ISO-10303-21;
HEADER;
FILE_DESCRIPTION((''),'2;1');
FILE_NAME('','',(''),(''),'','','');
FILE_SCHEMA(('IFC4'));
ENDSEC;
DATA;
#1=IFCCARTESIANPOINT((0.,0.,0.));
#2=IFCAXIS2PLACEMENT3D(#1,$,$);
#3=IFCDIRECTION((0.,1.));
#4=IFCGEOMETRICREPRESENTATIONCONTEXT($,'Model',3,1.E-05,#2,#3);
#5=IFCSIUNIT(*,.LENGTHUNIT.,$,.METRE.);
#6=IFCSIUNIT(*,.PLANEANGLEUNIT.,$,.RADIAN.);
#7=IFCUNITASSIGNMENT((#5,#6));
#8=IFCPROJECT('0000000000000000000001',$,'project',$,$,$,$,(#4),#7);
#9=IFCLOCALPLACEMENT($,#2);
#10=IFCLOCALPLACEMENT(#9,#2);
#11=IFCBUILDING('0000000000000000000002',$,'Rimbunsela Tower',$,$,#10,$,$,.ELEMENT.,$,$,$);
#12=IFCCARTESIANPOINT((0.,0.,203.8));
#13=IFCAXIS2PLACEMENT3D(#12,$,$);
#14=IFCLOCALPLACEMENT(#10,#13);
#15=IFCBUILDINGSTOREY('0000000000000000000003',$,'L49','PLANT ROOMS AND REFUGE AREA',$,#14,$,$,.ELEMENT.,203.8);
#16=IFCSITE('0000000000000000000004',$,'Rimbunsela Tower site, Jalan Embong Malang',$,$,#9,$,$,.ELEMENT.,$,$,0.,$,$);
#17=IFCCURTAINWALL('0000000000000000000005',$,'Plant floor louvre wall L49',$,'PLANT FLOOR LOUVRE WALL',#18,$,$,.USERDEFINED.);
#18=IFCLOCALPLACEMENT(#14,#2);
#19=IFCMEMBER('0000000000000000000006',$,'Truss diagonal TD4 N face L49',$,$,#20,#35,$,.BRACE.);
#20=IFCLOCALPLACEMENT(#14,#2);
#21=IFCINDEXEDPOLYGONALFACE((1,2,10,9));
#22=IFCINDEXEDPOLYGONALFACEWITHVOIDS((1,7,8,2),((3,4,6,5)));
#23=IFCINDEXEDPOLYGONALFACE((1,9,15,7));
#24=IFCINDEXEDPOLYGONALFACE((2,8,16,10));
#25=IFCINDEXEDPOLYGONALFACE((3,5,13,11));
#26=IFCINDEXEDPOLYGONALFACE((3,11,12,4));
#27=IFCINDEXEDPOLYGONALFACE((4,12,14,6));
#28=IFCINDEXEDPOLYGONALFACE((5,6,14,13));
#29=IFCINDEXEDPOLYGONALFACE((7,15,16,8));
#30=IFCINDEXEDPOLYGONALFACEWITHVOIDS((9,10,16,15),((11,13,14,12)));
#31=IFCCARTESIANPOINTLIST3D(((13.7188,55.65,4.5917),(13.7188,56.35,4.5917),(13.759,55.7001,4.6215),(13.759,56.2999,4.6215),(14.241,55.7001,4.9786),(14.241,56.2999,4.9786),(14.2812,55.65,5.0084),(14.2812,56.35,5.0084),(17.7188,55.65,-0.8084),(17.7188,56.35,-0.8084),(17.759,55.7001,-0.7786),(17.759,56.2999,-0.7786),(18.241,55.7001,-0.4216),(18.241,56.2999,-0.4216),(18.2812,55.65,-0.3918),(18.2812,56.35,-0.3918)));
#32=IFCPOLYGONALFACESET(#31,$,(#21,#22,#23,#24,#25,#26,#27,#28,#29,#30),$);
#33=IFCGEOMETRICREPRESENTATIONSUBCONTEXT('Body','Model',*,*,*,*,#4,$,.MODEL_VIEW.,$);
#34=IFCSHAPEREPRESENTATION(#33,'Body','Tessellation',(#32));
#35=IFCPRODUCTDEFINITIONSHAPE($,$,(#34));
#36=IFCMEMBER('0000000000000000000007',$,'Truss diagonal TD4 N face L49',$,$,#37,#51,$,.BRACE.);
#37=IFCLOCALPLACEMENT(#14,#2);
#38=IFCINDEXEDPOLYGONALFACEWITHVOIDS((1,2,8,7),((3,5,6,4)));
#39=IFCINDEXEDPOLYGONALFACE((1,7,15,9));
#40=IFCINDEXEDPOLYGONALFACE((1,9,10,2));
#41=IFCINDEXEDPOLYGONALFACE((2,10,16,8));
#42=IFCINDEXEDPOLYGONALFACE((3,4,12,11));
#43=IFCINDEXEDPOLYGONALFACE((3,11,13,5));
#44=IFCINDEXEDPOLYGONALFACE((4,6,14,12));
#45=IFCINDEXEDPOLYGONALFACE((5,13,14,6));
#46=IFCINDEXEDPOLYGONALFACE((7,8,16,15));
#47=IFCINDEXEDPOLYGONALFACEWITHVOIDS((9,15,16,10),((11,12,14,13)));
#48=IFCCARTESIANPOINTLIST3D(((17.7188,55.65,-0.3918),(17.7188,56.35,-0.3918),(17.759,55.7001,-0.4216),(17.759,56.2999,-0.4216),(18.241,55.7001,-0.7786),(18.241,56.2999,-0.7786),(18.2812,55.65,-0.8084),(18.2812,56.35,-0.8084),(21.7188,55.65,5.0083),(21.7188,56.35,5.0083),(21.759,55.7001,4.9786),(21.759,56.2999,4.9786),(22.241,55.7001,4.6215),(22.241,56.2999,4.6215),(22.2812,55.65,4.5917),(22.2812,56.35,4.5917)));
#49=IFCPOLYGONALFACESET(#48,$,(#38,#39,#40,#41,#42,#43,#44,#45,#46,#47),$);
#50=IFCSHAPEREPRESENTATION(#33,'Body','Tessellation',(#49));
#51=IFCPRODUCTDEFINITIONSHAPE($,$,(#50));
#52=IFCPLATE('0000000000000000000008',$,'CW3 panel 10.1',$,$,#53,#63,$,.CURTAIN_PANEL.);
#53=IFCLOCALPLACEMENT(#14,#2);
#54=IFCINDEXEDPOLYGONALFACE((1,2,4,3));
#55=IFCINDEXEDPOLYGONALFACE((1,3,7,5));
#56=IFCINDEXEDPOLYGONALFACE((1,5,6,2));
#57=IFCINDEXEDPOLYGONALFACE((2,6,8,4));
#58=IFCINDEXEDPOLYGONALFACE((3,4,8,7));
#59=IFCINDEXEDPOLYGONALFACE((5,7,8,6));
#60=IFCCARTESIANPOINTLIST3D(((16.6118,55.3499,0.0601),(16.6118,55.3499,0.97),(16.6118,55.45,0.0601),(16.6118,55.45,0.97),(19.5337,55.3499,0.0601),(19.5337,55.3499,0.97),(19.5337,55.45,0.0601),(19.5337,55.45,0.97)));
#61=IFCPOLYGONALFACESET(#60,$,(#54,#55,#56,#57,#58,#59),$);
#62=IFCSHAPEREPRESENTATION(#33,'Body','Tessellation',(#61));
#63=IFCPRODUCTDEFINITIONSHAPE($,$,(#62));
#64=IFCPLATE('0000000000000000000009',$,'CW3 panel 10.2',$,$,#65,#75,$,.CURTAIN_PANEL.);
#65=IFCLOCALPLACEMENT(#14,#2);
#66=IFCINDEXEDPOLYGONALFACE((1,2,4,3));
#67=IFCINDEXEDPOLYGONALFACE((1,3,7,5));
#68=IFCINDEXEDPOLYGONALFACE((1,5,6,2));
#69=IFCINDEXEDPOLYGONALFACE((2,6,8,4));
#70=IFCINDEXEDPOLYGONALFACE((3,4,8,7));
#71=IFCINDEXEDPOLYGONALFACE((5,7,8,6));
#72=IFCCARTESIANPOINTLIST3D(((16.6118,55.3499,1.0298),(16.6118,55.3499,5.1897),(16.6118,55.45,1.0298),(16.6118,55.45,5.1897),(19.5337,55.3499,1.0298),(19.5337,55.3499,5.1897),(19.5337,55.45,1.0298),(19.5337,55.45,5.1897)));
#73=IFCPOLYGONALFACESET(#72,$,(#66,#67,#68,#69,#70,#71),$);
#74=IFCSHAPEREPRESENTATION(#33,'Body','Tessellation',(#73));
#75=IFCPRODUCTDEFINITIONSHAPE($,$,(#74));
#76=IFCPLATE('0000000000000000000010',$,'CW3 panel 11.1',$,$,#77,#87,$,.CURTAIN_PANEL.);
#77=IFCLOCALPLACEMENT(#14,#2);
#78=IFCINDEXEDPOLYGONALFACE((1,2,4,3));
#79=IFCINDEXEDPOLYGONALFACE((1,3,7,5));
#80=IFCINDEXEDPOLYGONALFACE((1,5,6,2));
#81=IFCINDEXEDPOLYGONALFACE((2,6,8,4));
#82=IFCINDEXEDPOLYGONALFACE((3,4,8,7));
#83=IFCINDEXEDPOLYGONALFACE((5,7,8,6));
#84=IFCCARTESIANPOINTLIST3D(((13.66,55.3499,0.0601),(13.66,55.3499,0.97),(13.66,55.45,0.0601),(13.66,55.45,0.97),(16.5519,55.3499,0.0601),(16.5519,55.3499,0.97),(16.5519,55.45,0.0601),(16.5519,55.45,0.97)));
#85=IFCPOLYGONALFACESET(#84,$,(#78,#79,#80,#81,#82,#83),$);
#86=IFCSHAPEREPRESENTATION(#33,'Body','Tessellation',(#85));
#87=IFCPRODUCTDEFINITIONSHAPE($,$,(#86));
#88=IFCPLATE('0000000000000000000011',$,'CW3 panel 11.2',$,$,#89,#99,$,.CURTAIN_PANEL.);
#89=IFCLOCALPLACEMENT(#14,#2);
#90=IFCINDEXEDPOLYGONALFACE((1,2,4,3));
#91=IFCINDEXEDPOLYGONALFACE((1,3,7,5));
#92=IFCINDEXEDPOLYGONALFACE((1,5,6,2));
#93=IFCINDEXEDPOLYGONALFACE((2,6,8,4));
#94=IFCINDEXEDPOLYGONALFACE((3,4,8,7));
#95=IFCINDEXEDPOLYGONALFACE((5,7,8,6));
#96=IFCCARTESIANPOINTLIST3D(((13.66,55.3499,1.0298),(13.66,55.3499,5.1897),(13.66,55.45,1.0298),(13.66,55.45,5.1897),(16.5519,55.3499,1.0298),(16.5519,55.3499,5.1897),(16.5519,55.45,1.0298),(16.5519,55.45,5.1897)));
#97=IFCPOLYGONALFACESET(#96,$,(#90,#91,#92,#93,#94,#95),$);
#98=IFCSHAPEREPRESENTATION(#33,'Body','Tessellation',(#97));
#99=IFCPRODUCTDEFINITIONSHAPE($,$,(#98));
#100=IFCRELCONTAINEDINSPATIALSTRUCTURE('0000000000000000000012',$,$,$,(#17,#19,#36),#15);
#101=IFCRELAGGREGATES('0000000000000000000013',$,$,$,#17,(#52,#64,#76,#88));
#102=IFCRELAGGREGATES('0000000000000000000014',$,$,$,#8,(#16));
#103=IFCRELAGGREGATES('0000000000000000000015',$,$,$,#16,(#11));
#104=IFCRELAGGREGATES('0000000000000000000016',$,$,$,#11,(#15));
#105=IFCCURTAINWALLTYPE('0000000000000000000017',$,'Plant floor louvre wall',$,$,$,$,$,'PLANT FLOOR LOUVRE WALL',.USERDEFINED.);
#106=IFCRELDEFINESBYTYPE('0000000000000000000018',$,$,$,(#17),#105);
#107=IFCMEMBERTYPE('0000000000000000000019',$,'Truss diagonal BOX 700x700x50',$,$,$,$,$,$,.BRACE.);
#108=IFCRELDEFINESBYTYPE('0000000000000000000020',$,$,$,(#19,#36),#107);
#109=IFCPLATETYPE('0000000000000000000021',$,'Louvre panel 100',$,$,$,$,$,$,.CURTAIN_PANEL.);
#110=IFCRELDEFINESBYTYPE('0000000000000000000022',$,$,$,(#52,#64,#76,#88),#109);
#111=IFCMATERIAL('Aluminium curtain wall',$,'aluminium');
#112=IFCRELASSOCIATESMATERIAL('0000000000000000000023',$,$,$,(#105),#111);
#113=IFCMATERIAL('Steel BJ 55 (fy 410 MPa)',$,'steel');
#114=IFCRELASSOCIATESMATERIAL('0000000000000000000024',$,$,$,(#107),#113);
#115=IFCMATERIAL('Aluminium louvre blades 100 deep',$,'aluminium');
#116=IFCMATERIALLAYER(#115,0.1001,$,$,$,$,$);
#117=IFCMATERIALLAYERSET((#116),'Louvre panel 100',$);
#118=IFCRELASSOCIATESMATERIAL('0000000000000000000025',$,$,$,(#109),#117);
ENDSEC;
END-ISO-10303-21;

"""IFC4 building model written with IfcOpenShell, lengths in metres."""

from ifc_helpers import new_model, si_unit, direction, frame, origin, origin_2d, place, context, subcontext, project, spatial, rectangle, hollow_rectangle, extrude, material, layer, layer_set, material_profile, profile_set, type_object, element, aggregate, save


model = new_model("IFC4")

# Units and contexts
model_context = context("Model", 3, precision=1e-05, world=origin(), true_north=direction((0.0, 1.0)))
body_context = subcontext(model_context, "Body", "Model", "MODEL_VIEW")
ifc_project = project(units=[si_unit("LENGTHUNIT", "METRE"), si_unit("PLANEANGLEUNIT", "RADIAN")], contexts=[model_context])

# Site, building, storey
site_placement = place(None, origin())
site = spatial("IfcSite", under=ifc_project, at=site_placement, Name="Rimbunsela Tower site, Jalan Embong Malang", CompositionType="ELEMENT", RefElevation=0.0)
building_placement = place(site_placement, origin())
building = spatial("IfcBuilding", under=site, at=building_placement, Name="Rimbunsela Tower", CompositionType="ELEMENT")
storey_placement = place(building_placement, frame((0.0, 0.0, 203.8)))
storey = spatial("IfcBuildingStorey", under=building, at=storey_placement, Name="L49", Description="PLANT ROOMS AND REFUGE AREA", CompositionType="ELEMENT", Elevation=203.8)

# Curtain wall
ifc_material_1 = material(Name="Aluminium curtain wall", Category="aluminium")
curtain_wall_type = type_object("IfcCurtainWallType", Name="Plant floor louvre wall", ElementType="PLANT FLOOR LOUVRE WALL", PredefinedType="USERDEFINED", material=ifc_material_1)
curtain_wall_placement = place(storey_placement, origin())
curtain_wall = element("IfcCurtainWall", 1, at=curtain_wall_placement, inside=storey, type_object=curtain_wall_type, Name="Plant floor louvre wall L49", ObjectType="PLANT FLOOR LOUVRE WALL", PredefinedType="USERDEFINED")

# Members
ifc_material_2 = material(Name="Steel BJ 55 (fy 410 MPa)", Category="steel")
ifc_material_profile_1 = material_profile(ifc_material_2, hollow_rectangle(XDim=0.7, YDim=0.7, WallThickness=0.05, at=origin_2d()), Name="BOX 700x700x50")
ifc_profile_set_1 = profile_set([ifc_material_profile_1], Name="Steel BJ 55 (fy 410 MPa)")
member_type_1 = type_object("IfcMemberType", Name="Truss diagonal BOX 700x700x50", PredefinedType="BRACE", material=ifc_profile_set_1)
for number, where, z_axis, x_axis, name in (
    (2, (14.0, 56.0, 4.8), (0.595217, 0.0, -0.803565), (0.0, 1.0, 0.0), "Truss diagonal TD4 N face L49"),
    (3, (18.0, 56.0, -0.6001), (0.595217, 0.0, 0.803565), (0.0, 1.0, 0.0), "Truss diagonal TD4 N face L49"),
):
    element("IfcMember", number, at=place(storey_placement, frame(where, z_axis=z_axis, x_axis=x_axis)), inside=storey, type_object=member_type_1, Name=name, PredefinedType="BRACE", context=body_context, shape_type="SweptSolid", body=[
        extrude(hollow_rectangle(XDim=0.7, YDim=0.7, WallThickness=0.05, at=origin_2d()), origin(), (0.0, 0.0, 1.0), 6.7202),
    ])

# Plates
ifc_material_3 = material(Name="Aluminium louvre blades 100 deep", Category="aluminium")
ifc_layer = layer(ifc_material_3, 0.1001)
ifc_layer_set = layer_set([ifc_layer], Name="Louvre panel 100")
plate_type = type_object("IfcPlateType", Name="Louvre panel 100", PredefinedType="CURTAIN_PANEL", material=ifc_layer_set)
plate_1_placement = place(storey_placement, frame((18.0728, 55.3999, 0.0601), z_axis=(0.0, 0.0, 1.0), x_axis=(-1.0, 0.0, 0.0)))
plate_1 = element("IfcPlate", 4, at=plate_1_placement, type_object=plate_type, Name="CW3 panel 10.1", PredefinedType="CURTAIN_PANEL", context=body_context, shape_type="SweptSolid", body=[
    extrude(rectangle(XDim=2.9219, YDim=0.1001, at=origin_2d()), origin(), (0.0, 0.0, 1.0), 0.9099),
])
plate_2_placement = place(storey_placement, frame((18.0728, 55.3999, 1.0298), z_axis=(0.0, 0.0, 1.0), x_axis=(-1.0, 0.0, 0.0)))
plate_2 = element("IfcPlate", 5, at=plate_2_placement, type_object=plate_type, Name="CW3 panel 10.2", PredefinedType="CURTAIN_PANEL", context=body_context, shape_type="SweptSolid", body=[
    extrude(rectangle(XDim=2.9219, YDim=0.1001, at=origin_2d()), origin(), (0.0, 0.0, 1.0), 4.1599),
])
plate_3_placement = place(storey_placement, frame((15.106, 55.3999, 0.0601), z_axis=(0.0, 0.0, 1.0), x_axis=(-1.0, 0.0, 0.0)))
plate_3 = element("IfcPlate", 6, at=plate_3_placement, type_object=plate_type, Name="CW3 panel 11.1", PredefinedType="CURTAIN_PANEL", context=body_context, shape_type="SweptSolid", body=[
    extrude(rectangle(XDim=2.8918, YDim=0.1001, at=origin_2d()), origin(), (0.0, 0.0, 1.0), 0.9099),
])
plate_4_placement = place(storey_placement, frame((15.106, 55.3999, 1.0298), z_axis=(0.0, 0.0, 1.0), x_axis=(-1.0, 0.0, 0.0)))
plate_4 = element("IfcPlate", 7, at=plate_4_placement, type_object=plate_type, Name="CW3 panel 11.2", PredefinedType="CURTAIN_PANEL", context=body_context, shape_type="SweptSolid", body=[
    extrude(rectangle(XDim=2.8918, YDim=0.1001, at=origin_2d()), origin(), (0.0, 0.0, 1.0), 4.1599),
])
aggregate(curtain_wall, [plate_1, plate_2, plate_3, plate_4])

save(model, "model.ifc")
